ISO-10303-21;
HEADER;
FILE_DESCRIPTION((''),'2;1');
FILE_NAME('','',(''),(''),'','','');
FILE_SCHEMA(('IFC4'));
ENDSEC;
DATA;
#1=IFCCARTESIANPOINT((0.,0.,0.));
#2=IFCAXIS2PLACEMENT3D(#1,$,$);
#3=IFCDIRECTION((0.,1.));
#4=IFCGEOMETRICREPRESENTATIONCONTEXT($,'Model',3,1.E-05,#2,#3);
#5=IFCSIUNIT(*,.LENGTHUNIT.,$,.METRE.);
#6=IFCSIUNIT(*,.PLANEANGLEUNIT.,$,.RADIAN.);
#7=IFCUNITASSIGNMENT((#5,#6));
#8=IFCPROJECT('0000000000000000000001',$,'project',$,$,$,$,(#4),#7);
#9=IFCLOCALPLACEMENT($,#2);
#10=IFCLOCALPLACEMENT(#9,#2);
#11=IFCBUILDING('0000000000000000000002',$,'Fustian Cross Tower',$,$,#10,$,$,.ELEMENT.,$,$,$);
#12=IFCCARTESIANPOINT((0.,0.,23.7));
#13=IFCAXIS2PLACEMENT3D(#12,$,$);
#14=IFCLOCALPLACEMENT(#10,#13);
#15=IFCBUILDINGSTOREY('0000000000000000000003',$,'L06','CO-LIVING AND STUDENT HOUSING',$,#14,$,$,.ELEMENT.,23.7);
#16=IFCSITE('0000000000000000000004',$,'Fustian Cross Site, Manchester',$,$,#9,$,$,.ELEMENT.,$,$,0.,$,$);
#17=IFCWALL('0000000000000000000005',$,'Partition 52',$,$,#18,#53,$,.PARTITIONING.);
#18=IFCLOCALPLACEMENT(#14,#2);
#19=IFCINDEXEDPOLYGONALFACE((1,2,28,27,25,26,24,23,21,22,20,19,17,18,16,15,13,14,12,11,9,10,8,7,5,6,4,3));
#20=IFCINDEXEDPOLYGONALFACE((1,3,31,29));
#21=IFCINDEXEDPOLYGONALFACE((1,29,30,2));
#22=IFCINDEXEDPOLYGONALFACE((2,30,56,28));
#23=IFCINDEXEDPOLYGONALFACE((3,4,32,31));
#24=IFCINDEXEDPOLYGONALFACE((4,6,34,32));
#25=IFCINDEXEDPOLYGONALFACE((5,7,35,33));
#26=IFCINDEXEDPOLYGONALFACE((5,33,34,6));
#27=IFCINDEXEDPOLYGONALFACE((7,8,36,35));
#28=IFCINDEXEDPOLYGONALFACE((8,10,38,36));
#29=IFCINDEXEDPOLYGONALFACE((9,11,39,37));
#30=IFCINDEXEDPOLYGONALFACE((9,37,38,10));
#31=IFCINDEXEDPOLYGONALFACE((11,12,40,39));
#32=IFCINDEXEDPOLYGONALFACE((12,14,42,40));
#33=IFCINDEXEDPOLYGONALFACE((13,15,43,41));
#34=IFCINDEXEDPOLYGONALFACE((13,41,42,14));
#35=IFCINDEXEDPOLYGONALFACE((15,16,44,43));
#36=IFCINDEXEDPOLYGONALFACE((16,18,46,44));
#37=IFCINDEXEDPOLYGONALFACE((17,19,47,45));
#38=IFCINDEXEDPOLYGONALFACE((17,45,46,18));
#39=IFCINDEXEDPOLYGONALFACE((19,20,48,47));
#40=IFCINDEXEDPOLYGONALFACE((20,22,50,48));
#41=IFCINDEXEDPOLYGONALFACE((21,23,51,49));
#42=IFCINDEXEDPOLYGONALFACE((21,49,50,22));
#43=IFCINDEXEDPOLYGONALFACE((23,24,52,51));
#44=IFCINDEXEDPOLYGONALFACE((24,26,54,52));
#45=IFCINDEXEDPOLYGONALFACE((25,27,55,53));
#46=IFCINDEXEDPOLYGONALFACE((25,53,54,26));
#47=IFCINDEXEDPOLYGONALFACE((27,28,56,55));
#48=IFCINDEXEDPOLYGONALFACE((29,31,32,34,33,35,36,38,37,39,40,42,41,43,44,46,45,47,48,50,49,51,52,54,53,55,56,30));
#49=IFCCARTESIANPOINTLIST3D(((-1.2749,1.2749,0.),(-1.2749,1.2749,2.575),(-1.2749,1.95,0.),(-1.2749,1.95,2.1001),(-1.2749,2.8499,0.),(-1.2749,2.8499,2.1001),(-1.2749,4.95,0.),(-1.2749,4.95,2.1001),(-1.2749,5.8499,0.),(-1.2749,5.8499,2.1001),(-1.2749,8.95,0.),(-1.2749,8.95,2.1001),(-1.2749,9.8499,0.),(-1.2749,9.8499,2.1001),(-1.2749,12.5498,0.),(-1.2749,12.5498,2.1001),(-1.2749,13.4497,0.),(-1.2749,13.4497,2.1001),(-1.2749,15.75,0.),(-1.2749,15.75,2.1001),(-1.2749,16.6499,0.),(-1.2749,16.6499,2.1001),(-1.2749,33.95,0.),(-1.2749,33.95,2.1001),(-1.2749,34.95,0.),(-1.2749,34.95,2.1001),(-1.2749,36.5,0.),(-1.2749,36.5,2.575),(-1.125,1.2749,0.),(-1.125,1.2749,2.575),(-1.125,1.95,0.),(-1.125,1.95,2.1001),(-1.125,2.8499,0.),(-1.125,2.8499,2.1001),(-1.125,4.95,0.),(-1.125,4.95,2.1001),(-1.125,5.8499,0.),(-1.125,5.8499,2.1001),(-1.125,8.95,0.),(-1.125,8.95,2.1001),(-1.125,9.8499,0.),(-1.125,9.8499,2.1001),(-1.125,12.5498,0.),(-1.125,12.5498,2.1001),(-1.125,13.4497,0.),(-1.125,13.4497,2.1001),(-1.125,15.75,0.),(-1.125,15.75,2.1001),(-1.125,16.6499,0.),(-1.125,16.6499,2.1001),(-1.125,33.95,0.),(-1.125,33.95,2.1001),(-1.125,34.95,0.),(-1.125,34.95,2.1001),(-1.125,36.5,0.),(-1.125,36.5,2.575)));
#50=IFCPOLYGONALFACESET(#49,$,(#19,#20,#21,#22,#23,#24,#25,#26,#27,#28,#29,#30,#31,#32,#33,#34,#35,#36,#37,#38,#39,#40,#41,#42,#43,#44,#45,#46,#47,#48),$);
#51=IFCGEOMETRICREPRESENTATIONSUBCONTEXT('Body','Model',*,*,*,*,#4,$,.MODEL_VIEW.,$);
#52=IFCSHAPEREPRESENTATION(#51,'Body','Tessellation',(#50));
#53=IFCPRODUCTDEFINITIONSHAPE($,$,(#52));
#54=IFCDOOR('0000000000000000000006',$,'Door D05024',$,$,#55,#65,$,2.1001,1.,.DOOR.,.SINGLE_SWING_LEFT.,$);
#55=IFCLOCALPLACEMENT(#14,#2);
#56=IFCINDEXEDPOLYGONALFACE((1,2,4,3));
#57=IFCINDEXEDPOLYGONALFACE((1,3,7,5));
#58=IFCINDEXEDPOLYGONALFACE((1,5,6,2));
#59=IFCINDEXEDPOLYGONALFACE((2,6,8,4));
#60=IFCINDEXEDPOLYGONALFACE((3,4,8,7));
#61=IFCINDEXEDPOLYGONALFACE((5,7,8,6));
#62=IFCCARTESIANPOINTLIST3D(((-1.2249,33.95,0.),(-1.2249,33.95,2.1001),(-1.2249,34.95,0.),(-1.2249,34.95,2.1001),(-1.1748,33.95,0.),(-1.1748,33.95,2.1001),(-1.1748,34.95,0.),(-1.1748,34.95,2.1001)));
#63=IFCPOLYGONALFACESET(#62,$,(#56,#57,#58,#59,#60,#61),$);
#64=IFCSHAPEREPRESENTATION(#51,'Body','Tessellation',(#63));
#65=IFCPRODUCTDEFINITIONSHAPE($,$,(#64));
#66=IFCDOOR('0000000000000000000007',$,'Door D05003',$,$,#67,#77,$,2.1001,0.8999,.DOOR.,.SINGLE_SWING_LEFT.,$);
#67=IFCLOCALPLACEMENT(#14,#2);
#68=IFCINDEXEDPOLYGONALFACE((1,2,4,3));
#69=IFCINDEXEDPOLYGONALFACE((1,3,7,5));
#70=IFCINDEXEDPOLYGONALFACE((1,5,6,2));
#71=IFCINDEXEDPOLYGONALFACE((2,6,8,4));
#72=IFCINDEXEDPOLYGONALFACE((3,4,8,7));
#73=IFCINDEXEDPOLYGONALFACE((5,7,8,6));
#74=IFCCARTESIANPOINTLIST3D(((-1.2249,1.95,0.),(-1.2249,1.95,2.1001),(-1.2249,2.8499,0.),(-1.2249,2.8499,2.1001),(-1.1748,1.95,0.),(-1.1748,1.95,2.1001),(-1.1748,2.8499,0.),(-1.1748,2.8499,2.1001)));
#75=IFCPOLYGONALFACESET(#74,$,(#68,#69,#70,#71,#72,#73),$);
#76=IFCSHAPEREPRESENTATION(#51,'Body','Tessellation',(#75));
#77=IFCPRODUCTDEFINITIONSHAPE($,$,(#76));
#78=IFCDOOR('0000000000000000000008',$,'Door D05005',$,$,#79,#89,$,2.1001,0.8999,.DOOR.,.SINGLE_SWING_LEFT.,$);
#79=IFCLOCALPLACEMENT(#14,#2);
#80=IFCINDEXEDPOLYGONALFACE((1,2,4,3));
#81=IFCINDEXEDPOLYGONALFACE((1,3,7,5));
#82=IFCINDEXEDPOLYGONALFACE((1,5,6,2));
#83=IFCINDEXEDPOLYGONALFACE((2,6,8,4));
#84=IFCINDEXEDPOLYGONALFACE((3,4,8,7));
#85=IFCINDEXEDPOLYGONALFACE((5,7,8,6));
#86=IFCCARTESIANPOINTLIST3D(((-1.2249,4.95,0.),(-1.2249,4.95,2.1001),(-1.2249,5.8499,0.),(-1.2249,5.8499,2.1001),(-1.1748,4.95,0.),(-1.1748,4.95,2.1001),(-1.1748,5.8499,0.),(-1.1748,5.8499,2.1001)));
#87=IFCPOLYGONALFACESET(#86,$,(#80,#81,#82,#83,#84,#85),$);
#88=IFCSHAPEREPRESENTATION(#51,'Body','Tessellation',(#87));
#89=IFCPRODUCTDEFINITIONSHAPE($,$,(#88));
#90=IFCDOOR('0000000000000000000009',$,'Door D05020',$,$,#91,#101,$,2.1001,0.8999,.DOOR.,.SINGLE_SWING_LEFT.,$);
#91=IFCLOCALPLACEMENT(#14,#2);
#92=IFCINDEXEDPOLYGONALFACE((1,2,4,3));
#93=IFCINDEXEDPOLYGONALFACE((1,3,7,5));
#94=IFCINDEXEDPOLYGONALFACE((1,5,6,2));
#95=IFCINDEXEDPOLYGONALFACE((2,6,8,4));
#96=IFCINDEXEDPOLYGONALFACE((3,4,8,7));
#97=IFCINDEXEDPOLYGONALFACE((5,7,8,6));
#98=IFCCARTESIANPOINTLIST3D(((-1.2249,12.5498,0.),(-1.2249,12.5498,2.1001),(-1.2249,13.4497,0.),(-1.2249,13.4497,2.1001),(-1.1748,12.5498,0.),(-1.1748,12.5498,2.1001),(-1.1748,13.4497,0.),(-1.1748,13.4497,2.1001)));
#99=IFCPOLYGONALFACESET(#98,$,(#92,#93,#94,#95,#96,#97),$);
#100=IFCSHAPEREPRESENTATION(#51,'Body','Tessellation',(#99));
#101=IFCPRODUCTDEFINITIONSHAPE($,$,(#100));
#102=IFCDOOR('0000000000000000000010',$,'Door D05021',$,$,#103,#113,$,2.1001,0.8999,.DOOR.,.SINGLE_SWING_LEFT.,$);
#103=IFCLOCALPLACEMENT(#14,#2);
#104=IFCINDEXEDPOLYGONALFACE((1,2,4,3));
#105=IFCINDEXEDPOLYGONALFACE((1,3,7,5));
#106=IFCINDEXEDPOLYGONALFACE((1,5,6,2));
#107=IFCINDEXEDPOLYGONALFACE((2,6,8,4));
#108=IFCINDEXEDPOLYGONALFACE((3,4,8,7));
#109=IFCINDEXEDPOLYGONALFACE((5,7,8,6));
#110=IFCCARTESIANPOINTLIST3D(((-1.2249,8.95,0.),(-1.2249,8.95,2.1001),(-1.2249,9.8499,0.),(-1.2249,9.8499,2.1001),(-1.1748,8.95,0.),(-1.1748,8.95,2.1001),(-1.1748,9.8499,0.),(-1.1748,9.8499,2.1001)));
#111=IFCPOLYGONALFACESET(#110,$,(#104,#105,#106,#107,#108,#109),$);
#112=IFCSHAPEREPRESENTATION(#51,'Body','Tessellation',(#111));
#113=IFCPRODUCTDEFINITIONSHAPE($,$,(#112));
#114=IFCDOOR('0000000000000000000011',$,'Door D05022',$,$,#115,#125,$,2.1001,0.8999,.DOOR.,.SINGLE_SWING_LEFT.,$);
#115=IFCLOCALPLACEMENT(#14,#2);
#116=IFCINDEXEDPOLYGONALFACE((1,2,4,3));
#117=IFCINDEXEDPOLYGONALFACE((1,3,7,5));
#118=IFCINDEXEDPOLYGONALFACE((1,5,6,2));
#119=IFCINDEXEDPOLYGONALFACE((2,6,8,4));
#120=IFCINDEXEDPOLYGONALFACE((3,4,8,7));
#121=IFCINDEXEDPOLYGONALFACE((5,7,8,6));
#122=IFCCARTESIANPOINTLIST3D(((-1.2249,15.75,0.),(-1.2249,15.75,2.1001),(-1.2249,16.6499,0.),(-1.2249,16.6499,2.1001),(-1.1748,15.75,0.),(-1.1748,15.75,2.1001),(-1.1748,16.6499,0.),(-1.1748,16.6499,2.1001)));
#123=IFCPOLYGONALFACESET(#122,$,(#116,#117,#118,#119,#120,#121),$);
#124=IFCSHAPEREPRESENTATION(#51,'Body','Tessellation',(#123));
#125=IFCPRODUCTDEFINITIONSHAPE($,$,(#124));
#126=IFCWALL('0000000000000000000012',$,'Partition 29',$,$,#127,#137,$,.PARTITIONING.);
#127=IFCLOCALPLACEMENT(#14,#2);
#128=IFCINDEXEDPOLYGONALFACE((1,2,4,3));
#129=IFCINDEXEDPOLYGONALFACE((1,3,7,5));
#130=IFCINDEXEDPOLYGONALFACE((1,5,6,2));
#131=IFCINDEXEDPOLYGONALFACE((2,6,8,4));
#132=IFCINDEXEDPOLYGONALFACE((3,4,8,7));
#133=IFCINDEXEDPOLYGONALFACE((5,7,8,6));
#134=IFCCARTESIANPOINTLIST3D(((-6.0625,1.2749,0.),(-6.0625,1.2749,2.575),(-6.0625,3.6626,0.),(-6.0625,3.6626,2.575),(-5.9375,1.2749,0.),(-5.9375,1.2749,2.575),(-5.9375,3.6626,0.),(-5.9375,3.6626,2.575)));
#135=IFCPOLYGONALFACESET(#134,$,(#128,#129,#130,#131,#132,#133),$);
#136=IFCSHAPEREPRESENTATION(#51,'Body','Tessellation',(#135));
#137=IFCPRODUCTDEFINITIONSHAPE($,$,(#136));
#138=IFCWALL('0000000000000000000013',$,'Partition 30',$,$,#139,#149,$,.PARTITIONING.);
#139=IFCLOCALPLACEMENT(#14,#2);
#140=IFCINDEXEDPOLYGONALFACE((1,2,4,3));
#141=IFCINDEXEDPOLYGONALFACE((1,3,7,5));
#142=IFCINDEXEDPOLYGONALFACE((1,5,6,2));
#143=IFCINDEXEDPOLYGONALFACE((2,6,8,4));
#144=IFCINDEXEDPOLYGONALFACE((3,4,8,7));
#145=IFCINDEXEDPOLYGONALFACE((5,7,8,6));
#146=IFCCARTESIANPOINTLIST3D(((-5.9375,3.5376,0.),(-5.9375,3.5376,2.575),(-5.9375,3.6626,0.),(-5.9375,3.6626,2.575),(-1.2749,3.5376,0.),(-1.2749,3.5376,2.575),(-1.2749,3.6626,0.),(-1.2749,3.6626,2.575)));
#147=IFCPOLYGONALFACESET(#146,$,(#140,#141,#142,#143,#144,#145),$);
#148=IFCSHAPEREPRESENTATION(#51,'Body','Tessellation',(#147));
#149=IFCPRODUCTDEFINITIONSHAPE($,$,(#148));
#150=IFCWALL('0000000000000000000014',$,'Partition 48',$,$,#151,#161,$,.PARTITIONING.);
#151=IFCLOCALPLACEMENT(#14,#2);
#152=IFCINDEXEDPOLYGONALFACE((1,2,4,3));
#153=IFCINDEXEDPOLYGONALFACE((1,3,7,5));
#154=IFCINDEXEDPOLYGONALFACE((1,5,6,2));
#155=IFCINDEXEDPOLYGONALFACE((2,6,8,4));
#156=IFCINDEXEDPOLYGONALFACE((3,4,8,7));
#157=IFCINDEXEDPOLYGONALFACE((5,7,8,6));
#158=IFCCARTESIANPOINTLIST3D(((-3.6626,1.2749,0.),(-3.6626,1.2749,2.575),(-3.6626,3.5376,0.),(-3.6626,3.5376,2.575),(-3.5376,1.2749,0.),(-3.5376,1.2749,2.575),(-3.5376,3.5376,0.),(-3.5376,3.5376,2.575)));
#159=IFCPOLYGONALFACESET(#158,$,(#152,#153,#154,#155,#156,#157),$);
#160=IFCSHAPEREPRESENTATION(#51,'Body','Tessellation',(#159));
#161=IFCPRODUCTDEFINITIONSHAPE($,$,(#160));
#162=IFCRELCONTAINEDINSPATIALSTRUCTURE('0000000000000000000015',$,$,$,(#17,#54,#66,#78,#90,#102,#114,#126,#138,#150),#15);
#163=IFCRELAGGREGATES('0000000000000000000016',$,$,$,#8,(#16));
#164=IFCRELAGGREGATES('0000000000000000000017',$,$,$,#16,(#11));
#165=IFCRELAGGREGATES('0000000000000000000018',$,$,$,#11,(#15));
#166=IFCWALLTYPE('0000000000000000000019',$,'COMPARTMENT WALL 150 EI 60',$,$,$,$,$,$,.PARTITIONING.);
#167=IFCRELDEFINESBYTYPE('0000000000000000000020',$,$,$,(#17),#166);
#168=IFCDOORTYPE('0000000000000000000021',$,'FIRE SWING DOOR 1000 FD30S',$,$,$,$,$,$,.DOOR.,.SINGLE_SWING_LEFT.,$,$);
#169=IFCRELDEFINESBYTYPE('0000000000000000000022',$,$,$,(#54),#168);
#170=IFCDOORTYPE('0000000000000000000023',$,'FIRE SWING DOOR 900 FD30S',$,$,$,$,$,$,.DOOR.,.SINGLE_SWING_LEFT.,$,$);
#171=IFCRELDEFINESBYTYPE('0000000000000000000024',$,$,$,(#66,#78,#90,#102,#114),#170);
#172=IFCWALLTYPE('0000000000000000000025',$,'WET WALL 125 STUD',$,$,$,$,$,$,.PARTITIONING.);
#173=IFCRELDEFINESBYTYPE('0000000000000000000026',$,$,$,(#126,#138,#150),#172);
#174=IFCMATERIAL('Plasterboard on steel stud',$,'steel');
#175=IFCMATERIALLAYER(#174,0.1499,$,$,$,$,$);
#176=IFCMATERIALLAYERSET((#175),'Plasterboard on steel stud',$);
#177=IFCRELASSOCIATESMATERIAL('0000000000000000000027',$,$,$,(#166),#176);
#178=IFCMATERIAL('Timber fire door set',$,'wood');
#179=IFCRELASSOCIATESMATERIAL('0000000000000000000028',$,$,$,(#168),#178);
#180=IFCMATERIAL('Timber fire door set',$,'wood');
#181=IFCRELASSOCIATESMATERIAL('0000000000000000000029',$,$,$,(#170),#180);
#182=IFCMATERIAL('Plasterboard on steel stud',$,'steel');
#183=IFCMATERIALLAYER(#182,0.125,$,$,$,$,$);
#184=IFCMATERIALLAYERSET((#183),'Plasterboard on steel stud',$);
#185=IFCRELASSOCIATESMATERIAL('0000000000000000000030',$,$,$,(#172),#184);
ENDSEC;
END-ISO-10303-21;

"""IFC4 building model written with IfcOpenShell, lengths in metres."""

from ifc_helpers import new_model, si_unit, direction, frame, frame_2d, origin, place, context, subcontext, project, spatial, rectangle, extrude, material, layer, layer_set, type_object, element, fill, save


model = new_model("IFC4")

# Units and contexts
model_context = context("Model", 3, precision=1e-05, world=origin(), true_north=direction((0.0, 1.0)))
body_context = subcontext(model_context, "Body", "Model", "MODEL_VIEW")
ifc_project = project(units=[si_unit("LENGTHUNIT", "METRE"), si_unit("PLANEANGLEUNIT", "RADIAN")], contexts=[model_context])

# Site, building, storey
site_placement = place(None, origin())
site = spatial("IfcSite", under=ifc_project, at=site_placement, Name="Fustian Cross Site, Manchester", CompositionType="ELEMENT", RefElevation=0.0)
building_placement = place(site_placement, origin())
building = spatial("IfcBuilding", under=site, at=building_placement, Name="Fustian Cross Tower", CompositionType="ELEMENT")
storey_placement = place(building_placement, frame((0.0, 0.0, 23.7)))
storey = spatial("IfcBuildingStorey", under=building, at=storey_placement, Name="L06", Description="CO-LIVING AND STUDENT HOUSING", CompositionType="ELEMENT", Elevation=23.7)

# Wall, openings, doors
ifc_material_1 = material(Name="Plasterboard on steel stud", Category="steel")
ifc_layer_1 = layer(ifc_material_1, 0.1499)
ifc_layer_set_1 = layer_set([ifc_layer_1], Name="Plasterboard on steel stud")
wall_type_1 = type_object("IfcWallType", Name="COMPARTMENT WALL 150 EI 60", PredefinedType="PARTITIONING", material=ifc_layer_set_1)
wall_1_placement = place(storey_placement, frame((-1.2, 1.2749, 0.0), z_axis=(0.0, 0.0, 1.0), x_axis=(0.0, 1.0, 0.0)))
wall_1 = element("IfcWall", 1, at=wall_1_placement, inside=storey, type_object=wall_type_1, Name="Partition 52", PredefinedType="PARTITIONING", context=body_context, shape_type="SweptSolid", body=[
    extrude(rectangle(XDim=35.2251, YDim=0.1499, at=frame_2d((17.6125, 0.0))), origin(), (0.0, 0.0, 1.0), 2.575),
])
opening_1_placement = place(wall_1_placement, frame((0.675, 0.0, 0.0)))
opening_1 = element("IfcOpeningElement", 2, at=opening_1_placement, cuts=wall_1, PredefinedType="OPENING", context=body_context, shape_type="SweptSolid", body=[
    extrude(rectangle(XDim=0.8999, YDim=2.1001, at=frame_2d((0.45, 1.05))), frame((0.0, 0.085, 0.0), z_axis=(0.0, -1.0, 0.0), x_axis=(1.0, 0.0, 0.0)), (0.0, 0.0, 1.0), 0.1699),
])
opening_2_placement = place(wall_1_placement, frame((3.675, 0.0, 0.0)))
opening_2 = element("IfcOpeningElement", 3, at=opening_2_placement, cuts=wall_1, PredefinedType="OPENING", context=body_context, shape_type="SweptSolid", body=[
    extrude(rectangle(XDim=0.8999, YDim=2.1001, at=frame_2d((0.45, 1.05))), frame((0.0, 0.085, 0.0), z_axis=(0.0, -1.0, 0.0), x_axis=(1.0, 0.0, 0.0)), (0.0, 0.0, 1.0), 0.1699),
])
opening_3_placement = place(wall_1_placement, frame((11.2749, 0.0, 0.0)))
opening_3 = element("IfcOpeningElement", 4, at=opening_3_placement, cuts=wall_1, PredefinedType="OPENING", context=body_context, shape_type="SweptSolid", body=[
    extrude(rectangle(XDim=0.8999, YDim=2.1001, at=frame_2d((0.45, 1.05))), frame((0.0, 0.085, 0.0), z_axis=(0.0, -1.0, 0.0), x_axis=(1.0, 0.0, 0.0)), (0.0, 0.0, 1.0), 0.1699),
])
opening_4_placement = place(wall_1_placement, frame((7.675, 0.0, 0.0)))
opening_4 = element("IfcOpeningElement", 5, at=opening_4_placement, cuts=wall_1, PredefinedType="OPENING", context=body_context, shape_type="SweptSolid", body=[
    extrude(rectangle(XDim=0.8999, YDim=2.1001, at=frame_2d((0.45, 1.05))), frame((0.0, 0.085, 0.0), z_axis=(0.0, -1.0, 0.0), x_axis=(1.0, 0.0, 0.0)), (0.0, 0.0, 1.0), 0.1699),
])
opening_5_placement = place(wall_1_placement, frame((14.4751, 0.0, 0.0)))
opening_5 = element("IfcOpeningElement", 6, at=opening_5_placement, cuts=wall_1, PredefinedType="OPENING", context=body_context, shape_type="SweptSolid", body=[
    extrude(rectangle(XDim=0.8999, YDim=2.1001, at=frame_2d((0.45, 1.05))), frame((0.0, 0.085, 0.0), z_axis=(0.0, -1.0, 0.0), x_axis=(1.0, 0.0, 0.0)), (0.0, 0.0, 1.0), 0.1699),
])
opening_6_placement = place(wall_1_placement, frame((32.675, 0.0, 0.0)))
opening_6 = element("IfcOpeningElement", 7, at=opening_6_placement, cuts=wall_1, PredefinedType="OPENING", context=body_context, shape_type="SweptSolid", body=[
    extrude(rectangle(XDim=1.0, YDim=2.1001, at=frame_2d((0.5, 1.05))), frame((0.0, 0.085, 0.0), z_axis=(0.0, -1.0, 0.0), x_axis=(1.0, 0.0, 0.0)), (0.0, 0.0, 1.0), 0.1699),
])
ifc_material_2 = material(Name="Timber fire door set", Category="wood")
door_type_1 = type_object("IfcDoorType", Name="FIRE SWING DOOR 1000 FD30S", OperationType="SINGLE_SWING_LEFT", PredefinedType="DOOR", material=ifc_material_2)
door_1_placement = place(opening_6_placement, origin())
door_1 = element("IfcDoor", 8, at=door_1_placement, inside=storey, type_object=door_type_1, Name="Door D05024", OperationType="SINGLE_SWING_LEFT", OverallHeight=2.1001, OverallWidth=1.0, PredefinedType="DOOR", context=body_context, shape_type="SweptSolid", body=[
    extrude(rectangle(XDim=1.0, YDim=2.1001, at=frame_2d((0.5, 1.05))), frame((0.0, 0.0249, 0.0), z_axis=(0.0, -1.0, 0.0), x_axis=(1.0, 0.0, 0.0)), (0.0, 0.0, 1.0), 0.05),
])
fill(opening_6, door_1)
ifc_material_3 = material(Name="Timber fire door set", Category="wood")
door_type_2 = type_object("IfcDoorType", Name="FIRE SWING DOOR 900 FD30S", OperationType="SINGLE_SWING_LEFT", PredefinedType="DOOR", material=ifc_material_3)
door_2_placement = place(opening_1_placement, origin())
door_2 = element("IfcDoor", 9, at=door_2_placement, inside=storey, type_object=door_type_2, Name="Door D05003", OperationType="SINGLE_SWING_LEFT", OverallHeight=2.1001, OverallWidth=0.8999, PredefinedType="DOOR", context=body_context, shape_type="SweptSolid", body=[
    extrude(rectangle(XDim=0.8999, YDim=2.1001, at=frame_2d((0.45, 1.05))), frame((0.0, 0.0249, 0.0), z_axis=(0.0, -1.0, 0.0), x_axis=(1.0, 0.0, 0.0)), (0.0, 0.0, 1.0), 0.05),
])
fill(opening_1, door_2)
door_3_placement = place(opening_2_placement, origin())
door_3 = element("IfcDoor", 10, at=door_3_placement, inside=storey, type_object=door_type_2, Name="Door D05005", OperationType="SINGLE_SWING_LEFT", OverallHeight=2.1001, OverallWidth=0.8999, PredefinedType="DOOR", context=body_context, shape_type="SweptSolid", body=[
    extrude(rectangle(XDim=0.8999, YDim=2.1001, at=frame_2d((0.45, 1.05))), frame((0.0, 0.0249, 0.0), z_axis=(0.0, -1.0, 0.0), x_axis=(1.0, 0.0, 0.0)), (0.0, 0.0, 1.0), 0.05),
])
fill(opening_2, door_3)
door_4_placement = place(opening_3_placement, origin())
door_4 = element("IfcDoor", 11, at=door_4_placement, inside=storey, type_object=door_type_2, Name="Door D05020", OperationType="SINGLE_SWING_LEFT", OverallHeight=2.1001, OverallWidth=0.8999, PredefinedType="DOOR", context=body_context, shape_type="SweptSolid", body=[
    extrude(rectangle(XDim=0.8999, YDim=2.1001, at=frame_2d((0.45, 1.05))), frame((0.0, 0.0249, 0.0), z_axis=(0.0, -1.0, 0.0), x_axis=(1.0, 0.0, 0.0)), (0.0, 0.0, 1.0), 0.05),
])
fill(opening_3, door_4)
door_5_placement = place(opening_4_placement, origin())
door_5 = element("IfcDoor", 12, at=door_5_placement, inside=storey, type_object=door_type_2, Name="Door D05021", OperationType="SINGLE_SWING_LEFT", OverallHeight=2.1001, OverallWidth=0.8999, PredefinedType="DOOR", context=body_context, shape_type="SweptSolid", body=[
    extrude(rectangle(XDim=0.8999, YDim=2.1001, at=frame_2d((0.45, 1.05))), frame((0.0, 0.0249, 0.0), z_axis=(0.0, -1.0, 0.0), x_axis=(1.0, 0.0, 0.0)), (0.0, 0.0, 1.0), 0.05),
])
fill(opening_4, door_5)
door_6_placement = place(opening_5_placement, origin())
door_6 = element("IfcDoor", 13, at=door_6_placement, inside=storey, type_object=door_type_2, Name="Door D05022", OperationType="SINGLE_SWING_LEFT", OverallHeight=2.1001, OverallWidth=0.8999, PredefinedType="DOOR", context=body_context, shape_type="SweptSolid", body=[
    extrude(rectangle(XDim=0.8999, YDim=2.1001, at=frame_2d((0.45, 1.05))), frame((0.0, 0.0249, 0.0), z_axis=(0.0, -1.0, 0.0), x_axis=(1.0, 0.0, 0.0)), (0.0, 0.0, 1.0), 0.05),
])
fill(opening_5, door_6)

# Walls
ifc_material_4 = material(Name="Plasterboard on steel stud", Category="steel")
ifc_layer_2 = layer(ifc_material_4, 0.125)
ifc_layer_set_2 = layer_set([ifc_layer_2], Name="Plasterboard on steel stud")
wall_type_2 = type_object("IfcWallType", Name="WET WALL 125 STUD", PredefinedType="PARTITIONING", material=ifc_layer_set_2)
wall_2_placement = place(storey_placement, frame((-6.0, 1.2749, 0.0), z_axis=(0.0, 0.0, 1.0), x_axis=(0.0, 1.0, 0.0)))
element("IfcWall", 14, at=wall_2_placement, inside=storey, type_object=wall_type_2, Name="Partition 29", PredefinedType="PARTITIONING", context=body_context, shape_type="SweptSolid", body=[
    extrude(rectangle(XDim=2.3877, YDim=0.125, at=frame_2d((1.1938, 0.0))), origin(), (0.0, 0.0, 1.0), 2.575),
])
wall_3_placement = place(storey_placement, frame((-5.9375, 3.6001, 0.0), z_axis=(0.0, 0.0, 1.0), x_axis=(1.0, 0.0, 0.0)))
element("IfcWall", 15, at=wall_3_placement, inside=storey, type_object=wall_type_2, Name="Partition 30", PredefinedType="PARTITIONING", context=body_context, shape_type="SweptSolid", body=[
    extrude(rectangle(XDim=4.6626, YDim=0.125, at=frame_2d((2.3313, 0.0))), origin(), (0.0, 0.0, 1.0), 2.575),
])
wall_4_placement = place(storey_placement, frame((-3.6001, 1.2749, 0.0), z_axis=(0.0, 0.0, 1.0), x_axis=(0.0, 1.0, 0.0)))
element("IfcWall", 16, at=wall_4_placement, inside=storey, type_object=wall_type_2, Name="Partition 48", PredefinedType="PARTITIONING", context=body_context, shape_type="SweptSolid", body=[
    extrude(rectangle(XDim=2.2627, YDim=0.125, at=frame_2d((1.1313, 0.0))), origin(), (0.0, 0.0, 1.0), 2.575),
])

save(model, "model.ifc")
